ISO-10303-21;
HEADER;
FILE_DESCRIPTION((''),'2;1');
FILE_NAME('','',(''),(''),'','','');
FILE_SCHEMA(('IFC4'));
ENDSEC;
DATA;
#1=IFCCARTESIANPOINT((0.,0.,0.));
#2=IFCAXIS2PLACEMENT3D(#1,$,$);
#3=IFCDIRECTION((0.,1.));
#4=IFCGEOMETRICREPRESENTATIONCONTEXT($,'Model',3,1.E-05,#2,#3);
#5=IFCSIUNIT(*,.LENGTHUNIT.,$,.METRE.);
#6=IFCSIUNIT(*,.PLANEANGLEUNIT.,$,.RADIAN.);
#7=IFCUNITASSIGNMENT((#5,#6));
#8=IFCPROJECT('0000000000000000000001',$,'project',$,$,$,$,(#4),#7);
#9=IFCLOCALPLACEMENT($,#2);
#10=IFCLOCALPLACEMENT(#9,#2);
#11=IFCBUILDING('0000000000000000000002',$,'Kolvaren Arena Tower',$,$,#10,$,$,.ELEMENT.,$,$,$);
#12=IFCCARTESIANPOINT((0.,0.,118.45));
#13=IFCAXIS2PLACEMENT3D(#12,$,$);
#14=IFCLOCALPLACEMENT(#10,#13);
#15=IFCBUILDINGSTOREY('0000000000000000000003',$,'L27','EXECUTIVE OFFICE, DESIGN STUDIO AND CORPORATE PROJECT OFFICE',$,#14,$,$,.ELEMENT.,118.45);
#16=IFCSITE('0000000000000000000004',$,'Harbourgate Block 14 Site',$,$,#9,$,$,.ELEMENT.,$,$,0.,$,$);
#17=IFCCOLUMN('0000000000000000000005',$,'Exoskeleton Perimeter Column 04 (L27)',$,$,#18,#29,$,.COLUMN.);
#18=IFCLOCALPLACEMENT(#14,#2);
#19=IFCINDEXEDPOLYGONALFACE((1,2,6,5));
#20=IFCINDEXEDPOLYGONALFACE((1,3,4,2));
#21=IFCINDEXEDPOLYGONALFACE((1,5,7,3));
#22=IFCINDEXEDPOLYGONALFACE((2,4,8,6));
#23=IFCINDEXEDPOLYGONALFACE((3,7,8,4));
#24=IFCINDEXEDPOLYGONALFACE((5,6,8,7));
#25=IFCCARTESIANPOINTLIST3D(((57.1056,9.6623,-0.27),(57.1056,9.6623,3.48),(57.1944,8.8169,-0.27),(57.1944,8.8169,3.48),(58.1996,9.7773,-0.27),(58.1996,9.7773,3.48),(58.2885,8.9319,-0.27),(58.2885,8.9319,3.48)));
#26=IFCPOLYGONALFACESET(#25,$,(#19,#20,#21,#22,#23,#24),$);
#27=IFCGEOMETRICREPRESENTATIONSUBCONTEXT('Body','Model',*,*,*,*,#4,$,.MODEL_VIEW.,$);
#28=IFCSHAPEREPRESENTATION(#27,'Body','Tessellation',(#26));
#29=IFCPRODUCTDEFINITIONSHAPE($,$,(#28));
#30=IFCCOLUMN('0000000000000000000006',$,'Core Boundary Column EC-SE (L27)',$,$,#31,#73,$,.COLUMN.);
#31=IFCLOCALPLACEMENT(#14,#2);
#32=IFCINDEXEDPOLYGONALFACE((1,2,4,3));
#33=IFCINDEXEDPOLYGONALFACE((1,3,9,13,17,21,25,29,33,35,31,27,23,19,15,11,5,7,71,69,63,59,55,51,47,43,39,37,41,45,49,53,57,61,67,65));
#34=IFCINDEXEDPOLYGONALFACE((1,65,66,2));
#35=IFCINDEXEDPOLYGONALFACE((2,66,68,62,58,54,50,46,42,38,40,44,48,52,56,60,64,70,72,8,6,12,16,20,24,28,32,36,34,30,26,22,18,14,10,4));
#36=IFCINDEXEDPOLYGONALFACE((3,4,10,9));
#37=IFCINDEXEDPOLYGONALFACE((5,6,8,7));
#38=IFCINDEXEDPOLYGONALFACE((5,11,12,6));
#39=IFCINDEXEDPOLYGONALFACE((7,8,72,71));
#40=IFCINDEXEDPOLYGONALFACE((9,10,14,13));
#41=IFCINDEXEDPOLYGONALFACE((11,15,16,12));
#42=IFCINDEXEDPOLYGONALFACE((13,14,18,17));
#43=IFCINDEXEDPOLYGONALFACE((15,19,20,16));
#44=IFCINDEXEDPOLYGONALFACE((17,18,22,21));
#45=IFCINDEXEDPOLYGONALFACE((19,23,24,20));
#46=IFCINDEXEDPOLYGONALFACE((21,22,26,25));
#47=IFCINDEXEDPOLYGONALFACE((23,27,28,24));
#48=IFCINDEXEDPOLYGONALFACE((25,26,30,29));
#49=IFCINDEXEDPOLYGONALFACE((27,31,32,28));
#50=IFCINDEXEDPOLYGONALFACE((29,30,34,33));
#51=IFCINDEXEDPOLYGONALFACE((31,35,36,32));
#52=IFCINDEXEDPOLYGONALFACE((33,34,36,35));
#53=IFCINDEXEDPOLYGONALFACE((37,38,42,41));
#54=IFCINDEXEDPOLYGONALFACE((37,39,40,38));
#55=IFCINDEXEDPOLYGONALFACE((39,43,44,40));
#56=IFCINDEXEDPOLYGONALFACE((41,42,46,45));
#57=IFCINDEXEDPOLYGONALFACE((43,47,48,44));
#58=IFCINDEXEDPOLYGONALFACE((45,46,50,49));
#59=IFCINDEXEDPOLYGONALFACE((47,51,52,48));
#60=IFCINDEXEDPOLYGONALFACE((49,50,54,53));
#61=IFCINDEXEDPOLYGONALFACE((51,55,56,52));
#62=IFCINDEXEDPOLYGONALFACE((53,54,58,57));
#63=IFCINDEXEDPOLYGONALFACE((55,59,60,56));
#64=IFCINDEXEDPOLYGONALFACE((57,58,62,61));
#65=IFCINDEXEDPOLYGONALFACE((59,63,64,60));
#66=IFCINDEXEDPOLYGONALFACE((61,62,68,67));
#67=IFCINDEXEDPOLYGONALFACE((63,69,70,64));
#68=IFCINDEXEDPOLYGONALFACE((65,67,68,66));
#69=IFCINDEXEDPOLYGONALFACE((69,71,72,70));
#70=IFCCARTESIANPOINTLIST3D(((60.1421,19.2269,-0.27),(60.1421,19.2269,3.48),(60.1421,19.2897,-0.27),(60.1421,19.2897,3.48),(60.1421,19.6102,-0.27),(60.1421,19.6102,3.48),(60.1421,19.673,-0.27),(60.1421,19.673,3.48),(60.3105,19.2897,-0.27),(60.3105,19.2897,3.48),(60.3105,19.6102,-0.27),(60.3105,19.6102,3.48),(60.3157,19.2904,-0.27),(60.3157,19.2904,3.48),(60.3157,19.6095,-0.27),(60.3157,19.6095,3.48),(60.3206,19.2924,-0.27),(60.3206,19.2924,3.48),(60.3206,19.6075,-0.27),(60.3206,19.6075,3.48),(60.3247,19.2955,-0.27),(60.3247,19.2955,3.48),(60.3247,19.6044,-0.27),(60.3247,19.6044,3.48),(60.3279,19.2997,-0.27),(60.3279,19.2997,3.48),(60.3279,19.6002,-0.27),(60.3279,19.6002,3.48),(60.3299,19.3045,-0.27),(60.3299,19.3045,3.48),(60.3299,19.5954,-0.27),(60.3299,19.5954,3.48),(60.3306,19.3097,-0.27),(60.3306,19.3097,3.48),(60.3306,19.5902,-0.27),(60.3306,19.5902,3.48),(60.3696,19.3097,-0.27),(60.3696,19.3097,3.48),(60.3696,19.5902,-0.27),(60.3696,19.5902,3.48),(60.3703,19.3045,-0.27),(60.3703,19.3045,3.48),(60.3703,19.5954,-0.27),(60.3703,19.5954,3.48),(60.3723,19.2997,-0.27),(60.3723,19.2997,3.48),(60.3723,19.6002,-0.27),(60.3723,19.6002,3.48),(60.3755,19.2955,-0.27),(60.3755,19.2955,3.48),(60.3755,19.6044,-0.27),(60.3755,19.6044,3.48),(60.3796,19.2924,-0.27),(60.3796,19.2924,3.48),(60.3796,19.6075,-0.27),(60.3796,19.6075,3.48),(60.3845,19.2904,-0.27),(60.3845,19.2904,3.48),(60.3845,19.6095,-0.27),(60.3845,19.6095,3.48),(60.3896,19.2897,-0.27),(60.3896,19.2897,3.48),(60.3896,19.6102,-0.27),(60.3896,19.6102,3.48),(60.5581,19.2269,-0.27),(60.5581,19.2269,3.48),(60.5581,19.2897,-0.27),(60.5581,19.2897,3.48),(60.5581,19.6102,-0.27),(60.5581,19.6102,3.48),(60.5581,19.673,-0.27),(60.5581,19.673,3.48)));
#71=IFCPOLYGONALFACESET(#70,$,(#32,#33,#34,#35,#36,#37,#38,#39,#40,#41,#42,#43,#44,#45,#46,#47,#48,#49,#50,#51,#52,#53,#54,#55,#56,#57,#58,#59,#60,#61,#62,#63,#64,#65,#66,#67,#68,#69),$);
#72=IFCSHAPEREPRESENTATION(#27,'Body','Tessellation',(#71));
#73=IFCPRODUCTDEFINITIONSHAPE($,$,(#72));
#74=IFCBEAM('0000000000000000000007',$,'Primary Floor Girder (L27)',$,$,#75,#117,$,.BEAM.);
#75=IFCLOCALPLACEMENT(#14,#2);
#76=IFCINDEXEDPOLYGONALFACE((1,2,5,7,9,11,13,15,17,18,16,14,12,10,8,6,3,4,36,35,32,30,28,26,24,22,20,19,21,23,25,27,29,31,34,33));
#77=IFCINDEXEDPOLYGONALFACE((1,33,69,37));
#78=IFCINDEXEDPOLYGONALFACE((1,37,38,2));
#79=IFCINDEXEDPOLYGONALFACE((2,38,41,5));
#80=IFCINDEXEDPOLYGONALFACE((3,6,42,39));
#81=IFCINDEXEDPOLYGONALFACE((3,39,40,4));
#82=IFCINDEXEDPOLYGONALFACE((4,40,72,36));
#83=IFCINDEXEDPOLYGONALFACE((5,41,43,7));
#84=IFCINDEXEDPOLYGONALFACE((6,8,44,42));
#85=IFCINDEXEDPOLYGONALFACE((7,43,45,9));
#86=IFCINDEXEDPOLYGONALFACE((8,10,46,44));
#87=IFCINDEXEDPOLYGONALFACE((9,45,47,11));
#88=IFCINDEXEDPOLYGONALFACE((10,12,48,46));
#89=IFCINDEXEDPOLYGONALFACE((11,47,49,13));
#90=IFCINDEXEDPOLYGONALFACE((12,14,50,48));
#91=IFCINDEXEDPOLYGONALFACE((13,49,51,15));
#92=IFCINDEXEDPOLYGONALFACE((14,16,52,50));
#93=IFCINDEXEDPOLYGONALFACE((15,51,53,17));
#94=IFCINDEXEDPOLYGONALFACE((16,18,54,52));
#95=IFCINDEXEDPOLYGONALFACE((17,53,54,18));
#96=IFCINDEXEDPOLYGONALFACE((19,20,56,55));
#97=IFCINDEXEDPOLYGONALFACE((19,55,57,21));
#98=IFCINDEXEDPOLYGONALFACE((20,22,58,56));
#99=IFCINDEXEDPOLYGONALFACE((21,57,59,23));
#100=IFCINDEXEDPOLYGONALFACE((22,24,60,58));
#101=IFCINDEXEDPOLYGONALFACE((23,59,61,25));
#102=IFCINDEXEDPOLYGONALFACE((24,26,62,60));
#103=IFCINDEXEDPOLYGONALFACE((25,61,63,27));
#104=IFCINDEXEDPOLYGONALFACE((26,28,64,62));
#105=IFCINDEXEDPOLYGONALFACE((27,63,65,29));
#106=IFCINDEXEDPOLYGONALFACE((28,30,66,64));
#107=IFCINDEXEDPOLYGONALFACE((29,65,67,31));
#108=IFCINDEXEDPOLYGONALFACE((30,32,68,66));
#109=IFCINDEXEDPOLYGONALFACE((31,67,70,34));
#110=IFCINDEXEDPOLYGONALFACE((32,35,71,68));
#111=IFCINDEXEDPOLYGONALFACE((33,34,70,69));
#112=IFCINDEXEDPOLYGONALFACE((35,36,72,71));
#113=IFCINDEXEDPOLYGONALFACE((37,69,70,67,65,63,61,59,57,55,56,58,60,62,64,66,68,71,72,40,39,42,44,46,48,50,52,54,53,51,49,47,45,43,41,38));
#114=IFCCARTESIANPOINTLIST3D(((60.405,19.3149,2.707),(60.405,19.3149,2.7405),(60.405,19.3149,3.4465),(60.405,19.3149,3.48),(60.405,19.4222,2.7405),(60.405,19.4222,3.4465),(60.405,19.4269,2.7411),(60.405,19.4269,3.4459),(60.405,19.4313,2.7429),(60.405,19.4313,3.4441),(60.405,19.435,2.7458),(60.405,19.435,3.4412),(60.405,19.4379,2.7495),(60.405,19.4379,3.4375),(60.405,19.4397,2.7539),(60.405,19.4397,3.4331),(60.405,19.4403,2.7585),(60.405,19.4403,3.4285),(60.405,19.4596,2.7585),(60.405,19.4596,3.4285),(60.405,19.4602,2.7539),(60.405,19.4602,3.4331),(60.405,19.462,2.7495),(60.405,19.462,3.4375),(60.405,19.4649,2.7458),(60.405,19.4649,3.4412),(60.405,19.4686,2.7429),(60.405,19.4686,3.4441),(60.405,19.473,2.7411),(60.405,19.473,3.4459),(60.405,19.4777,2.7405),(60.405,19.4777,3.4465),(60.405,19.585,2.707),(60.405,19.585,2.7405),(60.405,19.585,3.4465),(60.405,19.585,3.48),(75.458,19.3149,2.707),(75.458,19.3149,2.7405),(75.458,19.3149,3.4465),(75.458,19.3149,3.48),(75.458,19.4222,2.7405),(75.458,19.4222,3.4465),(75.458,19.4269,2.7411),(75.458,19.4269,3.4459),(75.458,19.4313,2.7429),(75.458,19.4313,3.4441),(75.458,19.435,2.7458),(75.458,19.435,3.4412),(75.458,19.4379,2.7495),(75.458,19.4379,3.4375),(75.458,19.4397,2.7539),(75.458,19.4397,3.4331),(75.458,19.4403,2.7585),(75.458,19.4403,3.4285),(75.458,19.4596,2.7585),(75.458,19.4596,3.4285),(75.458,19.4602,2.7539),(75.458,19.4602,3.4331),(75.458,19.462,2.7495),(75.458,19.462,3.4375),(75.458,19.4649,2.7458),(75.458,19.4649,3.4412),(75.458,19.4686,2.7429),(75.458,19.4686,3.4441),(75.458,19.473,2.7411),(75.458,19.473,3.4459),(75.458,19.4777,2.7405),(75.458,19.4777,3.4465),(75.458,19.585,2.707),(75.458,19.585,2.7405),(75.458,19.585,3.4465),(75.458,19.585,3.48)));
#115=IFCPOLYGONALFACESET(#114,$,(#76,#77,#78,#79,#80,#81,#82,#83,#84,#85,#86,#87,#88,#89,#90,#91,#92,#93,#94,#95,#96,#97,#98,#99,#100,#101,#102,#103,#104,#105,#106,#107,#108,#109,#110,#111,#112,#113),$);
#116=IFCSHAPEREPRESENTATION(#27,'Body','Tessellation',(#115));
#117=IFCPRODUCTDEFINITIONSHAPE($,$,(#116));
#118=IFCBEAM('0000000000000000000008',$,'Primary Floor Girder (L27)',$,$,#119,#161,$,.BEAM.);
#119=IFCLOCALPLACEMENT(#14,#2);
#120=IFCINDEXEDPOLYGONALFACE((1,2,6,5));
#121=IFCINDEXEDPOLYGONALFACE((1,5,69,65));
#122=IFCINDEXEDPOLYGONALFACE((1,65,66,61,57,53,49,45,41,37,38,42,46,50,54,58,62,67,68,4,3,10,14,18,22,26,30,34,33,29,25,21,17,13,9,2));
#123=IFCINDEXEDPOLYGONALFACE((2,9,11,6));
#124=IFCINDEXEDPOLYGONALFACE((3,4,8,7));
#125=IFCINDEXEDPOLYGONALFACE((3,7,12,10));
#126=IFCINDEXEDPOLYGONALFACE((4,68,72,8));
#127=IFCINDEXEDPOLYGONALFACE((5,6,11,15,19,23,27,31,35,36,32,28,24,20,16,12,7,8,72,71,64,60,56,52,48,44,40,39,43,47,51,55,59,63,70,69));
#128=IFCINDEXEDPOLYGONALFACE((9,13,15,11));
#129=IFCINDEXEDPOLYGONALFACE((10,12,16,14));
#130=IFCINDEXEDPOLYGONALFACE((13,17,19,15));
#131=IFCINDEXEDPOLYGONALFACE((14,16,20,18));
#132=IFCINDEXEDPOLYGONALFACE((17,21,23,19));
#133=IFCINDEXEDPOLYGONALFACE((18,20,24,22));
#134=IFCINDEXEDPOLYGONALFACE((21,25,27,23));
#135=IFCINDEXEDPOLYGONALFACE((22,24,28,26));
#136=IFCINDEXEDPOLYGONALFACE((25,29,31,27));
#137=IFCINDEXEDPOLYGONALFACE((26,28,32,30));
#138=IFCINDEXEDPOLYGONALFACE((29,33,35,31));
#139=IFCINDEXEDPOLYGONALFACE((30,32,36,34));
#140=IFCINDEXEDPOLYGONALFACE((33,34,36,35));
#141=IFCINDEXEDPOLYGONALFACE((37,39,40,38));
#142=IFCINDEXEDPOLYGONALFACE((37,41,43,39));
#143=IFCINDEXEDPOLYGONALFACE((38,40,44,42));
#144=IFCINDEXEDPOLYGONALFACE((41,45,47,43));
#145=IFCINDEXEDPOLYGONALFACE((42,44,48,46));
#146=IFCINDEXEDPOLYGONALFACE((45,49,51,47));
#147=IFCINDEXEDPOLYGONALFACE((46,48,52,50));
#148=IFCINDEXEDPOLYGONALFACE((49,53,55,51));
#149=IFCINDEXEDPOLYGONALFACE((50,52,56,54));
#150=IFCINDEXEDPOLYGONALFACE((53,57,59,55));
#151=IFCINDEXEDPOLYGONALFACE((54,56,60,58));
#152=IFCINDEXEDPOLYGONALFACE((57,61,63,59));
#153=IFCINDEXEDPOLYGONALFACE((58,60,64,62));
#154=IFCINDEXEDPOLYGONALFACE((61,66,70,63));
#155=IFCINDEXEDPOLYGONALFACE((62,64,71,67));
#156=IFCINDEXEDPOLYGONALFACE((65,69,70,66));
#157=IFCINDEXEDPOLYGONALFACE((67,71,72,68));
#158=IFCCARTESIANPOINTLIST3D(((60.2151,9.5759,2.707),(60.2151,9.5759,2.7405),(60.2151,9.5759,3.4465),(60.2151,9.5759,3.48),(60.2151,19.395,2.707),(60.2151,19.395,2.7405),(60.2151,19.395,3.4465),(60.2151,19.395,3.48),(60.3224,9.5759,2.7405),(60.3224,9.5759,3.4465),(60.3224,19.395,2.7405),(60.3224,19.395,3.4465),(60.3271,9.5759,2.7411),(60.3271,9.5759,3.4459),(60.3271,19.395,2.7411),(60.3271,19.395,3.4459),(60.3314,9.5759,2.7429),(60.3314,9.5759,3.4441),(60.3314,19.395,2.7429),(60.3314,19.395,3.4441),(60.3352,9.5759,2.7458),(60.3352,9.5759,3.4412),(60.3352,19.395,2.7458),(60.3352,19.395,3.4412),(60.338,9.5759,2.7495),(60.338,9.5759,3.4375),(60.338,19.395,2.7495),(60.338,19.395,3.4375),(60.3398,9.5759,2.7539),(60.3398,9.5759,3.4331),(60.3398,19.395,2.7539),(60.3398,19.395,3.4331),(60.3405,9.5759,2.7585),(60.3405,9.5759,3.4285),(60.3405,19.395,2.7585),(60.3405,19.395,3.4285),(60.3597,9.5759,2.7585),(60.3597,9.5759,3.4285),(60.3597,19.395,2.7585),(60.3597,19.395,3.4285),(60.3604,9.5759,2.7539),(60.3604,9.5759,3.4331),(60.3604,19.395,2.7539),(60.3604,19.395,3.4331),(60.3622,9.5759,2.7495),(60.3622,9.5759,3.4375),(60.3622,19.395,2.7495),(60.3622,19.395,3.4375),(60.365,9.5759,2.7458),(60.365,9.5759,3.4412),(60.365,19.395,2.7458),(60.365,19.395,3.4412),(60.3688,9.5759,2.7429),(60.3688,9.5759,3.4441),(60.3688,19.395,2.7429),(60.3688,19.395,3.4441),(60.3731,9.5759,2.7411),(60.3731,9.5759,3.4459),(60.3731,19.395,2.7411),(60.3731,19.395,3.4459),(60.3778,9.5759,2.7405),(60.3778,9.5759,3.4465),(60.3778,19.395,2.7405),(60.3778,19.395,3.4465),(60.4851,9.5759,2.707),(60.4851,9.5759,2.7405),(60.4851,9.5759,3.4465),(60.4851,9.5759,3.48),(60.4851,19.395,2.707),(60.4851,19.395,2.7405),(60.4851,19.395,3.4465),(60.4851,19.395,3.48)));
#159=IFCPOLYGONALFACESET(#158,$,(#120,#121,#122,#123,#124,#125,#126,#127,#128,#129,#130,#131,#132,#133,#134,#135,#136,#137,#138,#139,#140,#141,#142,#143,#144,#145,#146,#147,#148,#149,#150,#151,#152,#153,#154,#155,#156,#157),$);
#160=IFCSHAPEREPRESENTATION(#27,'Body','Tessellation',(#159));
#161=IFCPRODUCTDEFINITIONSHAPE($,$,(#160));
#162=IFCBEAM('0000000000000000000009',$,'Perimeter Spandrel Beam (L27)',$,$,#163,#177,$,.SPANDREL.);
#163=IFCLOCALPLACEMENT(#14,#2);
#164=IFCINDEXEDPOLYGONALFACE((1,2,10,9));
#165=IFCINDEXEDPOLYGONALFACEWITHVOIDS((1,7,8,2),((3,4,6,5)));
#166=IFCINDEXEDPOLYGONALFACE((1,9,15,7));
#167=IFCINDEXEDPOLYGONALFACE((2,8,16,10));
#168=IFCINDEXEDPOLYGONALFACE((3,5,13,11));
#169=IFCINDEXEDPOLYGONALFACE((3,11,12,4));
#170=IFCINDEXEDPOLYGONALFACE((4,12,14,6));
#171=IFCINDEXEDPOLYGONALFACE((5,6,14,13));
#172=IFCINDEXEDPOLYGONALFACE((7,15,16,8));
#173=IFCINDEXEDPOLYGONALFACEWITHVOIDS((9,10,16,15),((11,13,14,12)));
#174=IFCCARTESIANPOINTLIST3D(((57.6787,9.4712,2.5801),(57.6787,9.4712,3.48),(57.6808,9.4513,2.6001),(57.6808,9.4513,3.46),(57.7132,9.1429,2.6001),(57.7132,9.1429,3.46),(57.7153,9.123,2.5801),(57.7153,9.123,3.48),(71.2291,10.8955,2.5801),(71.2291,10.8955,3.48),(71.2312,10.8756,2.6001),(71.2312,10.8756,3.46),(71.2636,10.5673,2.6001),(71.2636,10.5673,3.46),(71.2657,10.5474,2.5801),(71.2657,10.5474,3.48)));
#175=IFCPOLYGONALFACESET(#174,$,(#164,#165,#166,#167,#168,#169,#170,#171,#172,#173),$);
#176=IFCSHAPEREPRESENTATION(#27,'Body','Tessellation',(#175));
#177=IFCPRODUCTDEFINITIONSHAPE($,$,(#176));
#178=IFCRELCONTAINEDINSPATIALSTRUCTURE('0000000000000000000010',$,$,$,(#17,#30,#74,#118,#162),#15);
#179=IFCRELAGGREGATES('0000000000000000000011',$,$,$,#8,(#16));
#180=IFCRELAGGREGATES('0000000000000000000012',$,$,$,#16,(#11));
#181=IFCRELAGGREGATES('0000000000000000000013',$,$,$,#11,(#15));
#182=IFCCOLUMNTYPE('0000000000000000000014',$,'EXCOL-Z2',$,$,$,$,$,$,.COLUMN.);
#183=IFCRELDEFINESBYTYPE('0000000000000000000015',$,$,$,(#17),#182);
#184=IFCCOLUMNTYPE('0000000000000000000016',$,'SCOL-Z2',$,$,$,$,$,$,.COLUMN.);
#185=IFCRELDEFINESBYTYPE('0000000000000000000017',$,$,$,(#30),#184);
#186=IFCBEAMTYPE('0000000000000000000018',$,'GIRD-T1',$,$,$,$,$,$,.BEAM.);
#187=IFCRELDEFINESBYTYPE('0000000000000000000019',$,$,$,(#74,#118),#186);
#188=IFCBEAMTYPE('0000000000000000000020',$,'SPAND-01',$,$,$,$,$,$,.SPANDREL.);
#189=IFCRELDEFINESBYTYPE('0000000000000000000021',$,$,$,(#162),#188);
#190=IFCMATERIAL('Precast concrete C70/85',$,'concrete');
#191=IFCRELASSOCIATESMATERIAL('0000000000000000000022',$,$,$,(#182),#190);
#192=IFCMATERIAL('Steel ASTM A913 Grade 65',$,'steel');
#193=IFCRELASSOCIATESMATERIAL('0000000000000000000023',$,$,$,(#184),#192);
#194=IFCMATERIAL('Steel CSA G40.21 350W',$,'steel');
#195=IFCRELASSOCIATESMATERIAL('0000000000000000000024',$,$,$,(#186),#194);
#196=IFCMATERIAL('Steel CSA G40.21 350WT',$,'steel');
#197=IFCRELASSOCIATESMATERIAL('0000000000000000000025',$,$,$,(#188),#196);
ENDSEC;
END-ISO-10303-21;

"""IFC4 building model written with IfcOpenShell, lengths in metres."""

from ifc_helpers import new_model, si_unit, direction, frame, origin, origin_2d, place, context, subcontext, project, spatial, rectangle, hollow_rectangle, i_section, extrude, material, material_profile, profile_set, type_object, element, save


model = new_model("IFC4")

# Units and contexts
model_context = context("Model", 3, precision=1e-05, world=origin(), true_north=direction((0.0, 1.0)))
body_context = subcontext(model_context, "Body", "Model", "MODEL_VIEW")
ifc_project = project(units=[si_unit("LENGTHUNIT", "METRE"), si_unit("PLANEANGLEUNIT", "RADIAN")], contexts=[model_context])

# Site, building, storey
site_placement = place(None, origin())
site = spatial("IfcSite", under=ifc_project, at=site_placement, Name="Harbourgate Block 14 Site", CompositionType="ELEMENT", RefElevation=0.0)
building_placement = place(site_placement, origin())
building = spatial("IfcBuilding", under=site, at=building_placement, Name="Kolvaren Arena Tower", CompositionType="ELEMENT")
storey_placement = place(building_placement, frame((0.0, 0.0, 118.45)))
storey = spatial("IfcBuildingStorey", under=building, at=storey_placement, Name="L27", Description="EXECUTIVE OFFICE, DESIGN STUDIO AND CORPORATE PROJECT OFFICE", CompositionType="ELEMENT", Elevation=118.45)

# Columns
ifc_material_1 = material(Name="Precast concrete C70/85", Category="concrete")
ifc_material_profile_1 = material_profile(ifc_material_1, rectangle(XDim=1.1001, YDim=0.8501, at=origin_2d()), Name="RC-1100x850")
ifc_profile_set_1 = profile_set([ifc_material_profile_1], Name="Precast concrete C70/85")
column_type_1 = type_object("IfcColumnType", Name="EXCOL-Z2", PredefinedType="COLUMN", material=ifc_profile_set_1)
column_1_placement = place(storey_placement, frame((57.697, 9.2971, -0.27), z_axis=(0.0, 0.0, 1.0), x_axis=(0.994522, 0.104528, 0.0)))
element("IfcColumn", 1, at=column_1_placement, inside=storey, type_object=column_type_1, Name="Exoskeleton Perimeter Column 04 (L27)", PredefinedType="COLUMN", context=body_context, shape_type="SweptSolid", body=[
    extrude(rectangle(XDim=1.1001, YDim=0.8501, at=origin_2d()), origin(), (0.0, 0.0, 1.0), 3.75),
])
ifc_material_2 = material(Name="Steel ASTM A913 Grade 65", Category="steel")
ifc_material_profile_2 = material_profile(ifc_material_2, i_section(OverallWidth=0.416, OverallDepth=0.446, WebThickness=0.0391, FlangeThickness=0.0627, FilletRadius=0.02, at=origin_2d()), Name="W360x509")
ifc_profile_set_2 = profile_set([ifc_material_profile_2], Name="Steel ASTM A913 Grade 65")
column_type_2 = type_object("IfcColumnType", Name="SCOL-Z2", PredefinedType="COLUMN", material=ifc_profile_set_2)
column_2_placement = place(storey_placement, frame((60.3501, 19.45, -0.27), z_axis=(0.0, 0.0, 1.0), x_axis=(1.0, 0.0, 0.0)))
element("IfcColumn", 2, at=column_2_placement, inside=storey, type_object=column_type_2, Name="Core Boundary Column EC-SE (L27)", PredefinedType="COLUMN", context=body_context, shape_type="SweptSolid", body=[
    extrude(i_section(OverallWidth=0.416, OverallDepth=0.446, WebThickness=0.0391, FlangeThickness=0.0627, FilletRadius=0.02, at=origin_2d()), origin(), (0.0, 0.0, 1.0), 3.75),
])

# Beams
ifc_material_3 = material(Name="Steel CSA G40.21 350W", Category="steel")
ifc_material_profile_3 = material_profile(ifc_material_3, i_section(OverallWidth=0.27, OverallDepth=0.7729, WebThickness=0.0193, FlangeThickness=0.0334, FilletRadius=0.0181, at=origin_2d()), Name="W760x257")
ifc_profile_set_3 = profile_set([ifc_material_profile_3], Name="Steel CSA G40.21 350W")
beam_type_1 = type_object("IfcBeamType", Name="GIRD-T1", PredefinedType="BEAM", material=ifc_profile_set_3)
beam_1_placement = place(storey_placement, frame((60.405, 19.45, 3.0935), z_axis=(1.0, 0.0, 0.0), x_axis=(0.0, 1.0, 0.0)))
element("IfcBeam", 3, at=beam_1_placement, inside=storey, type_object=beam_type_1, Name="Primary Floor Girder (L27)", PredefinedType="BEAM", context=body_context, shape_type="SweptSolid", body=[
    extrude(i_section(OverallWidth=0.27, OverallDepth=0.7729, WebThickness=0.0193, FlangeThickness=0.0334, FilletRadius=0.0181, at=origin_2d()), origin(), (0.0, 0.0, 1.0), 15.053),
])
beam_2_placement = place(storey_placement, frame((60.3501, 9.5759, 3.0935), z_axis=(0.0, 1.0, 0.0), x_axis=(-1.0, 0.0, 0.0)))
element("IfcBeam", 4, at=beam_2_placement, inside=storey, type_object=beam_type_1, Name="Primary Floor Girder (L27)", PredefinedType="BEAM", context=body_context, shape_type="SweptSolid", body=[
    extrude(i_section(OverallWidth=0.27, OverallDepth=0.7729, WebThickness=0.0193, FlangeThickness=0.0334, FilletRadius=0.0181, at=origin_2d()), origin(), (0.0, 0.0, 1.0), 9.8191),
])
ifc_material_4 = material(Name="Steel CSA G40.21 350WT", Category="steel")
ifc_material_profile_4 = material_profile(ifc_material_4, hollow_rectangle(XDim=0.3501, YDim=0.8999, WallThickness=0.02, at=origin_2d()), Name="HSS 900x350x20")
ifc_profile_set_4 = profile_set([ifc_material_profile_4], Name="Steel CSA G40.21 350WT")
beam_type_2 = type_object("IfcBeamType", Name="SPAND-01", PredefinedType="SPANDREL", material=ifc_profile_set_4)
beam_3_placement = place(storey_placement, frame((57.697, 9.2971, 3.03), z_axis=(0.994521, 0.104537, 0.0), x_axis=(-0.104537, 0.994521, 0.0)))
element("IfcBeam", 5, at=beam_3_placement, inside=storey, type_object=beam_type_2, Name="Perimeter Spandrel Beam (L27)", PredefinedType="SPANDREL", context=body_context, shape_type="SweptSolid", body=[
    extrude(hollow_rectangle(XDim=0.3501, YDim=0.8999, WallThickness=0.02, at=origin_2d()), origin(), (0.0, 0.0, 1.0), 13.625),
])

save(model, "model.ifc")
